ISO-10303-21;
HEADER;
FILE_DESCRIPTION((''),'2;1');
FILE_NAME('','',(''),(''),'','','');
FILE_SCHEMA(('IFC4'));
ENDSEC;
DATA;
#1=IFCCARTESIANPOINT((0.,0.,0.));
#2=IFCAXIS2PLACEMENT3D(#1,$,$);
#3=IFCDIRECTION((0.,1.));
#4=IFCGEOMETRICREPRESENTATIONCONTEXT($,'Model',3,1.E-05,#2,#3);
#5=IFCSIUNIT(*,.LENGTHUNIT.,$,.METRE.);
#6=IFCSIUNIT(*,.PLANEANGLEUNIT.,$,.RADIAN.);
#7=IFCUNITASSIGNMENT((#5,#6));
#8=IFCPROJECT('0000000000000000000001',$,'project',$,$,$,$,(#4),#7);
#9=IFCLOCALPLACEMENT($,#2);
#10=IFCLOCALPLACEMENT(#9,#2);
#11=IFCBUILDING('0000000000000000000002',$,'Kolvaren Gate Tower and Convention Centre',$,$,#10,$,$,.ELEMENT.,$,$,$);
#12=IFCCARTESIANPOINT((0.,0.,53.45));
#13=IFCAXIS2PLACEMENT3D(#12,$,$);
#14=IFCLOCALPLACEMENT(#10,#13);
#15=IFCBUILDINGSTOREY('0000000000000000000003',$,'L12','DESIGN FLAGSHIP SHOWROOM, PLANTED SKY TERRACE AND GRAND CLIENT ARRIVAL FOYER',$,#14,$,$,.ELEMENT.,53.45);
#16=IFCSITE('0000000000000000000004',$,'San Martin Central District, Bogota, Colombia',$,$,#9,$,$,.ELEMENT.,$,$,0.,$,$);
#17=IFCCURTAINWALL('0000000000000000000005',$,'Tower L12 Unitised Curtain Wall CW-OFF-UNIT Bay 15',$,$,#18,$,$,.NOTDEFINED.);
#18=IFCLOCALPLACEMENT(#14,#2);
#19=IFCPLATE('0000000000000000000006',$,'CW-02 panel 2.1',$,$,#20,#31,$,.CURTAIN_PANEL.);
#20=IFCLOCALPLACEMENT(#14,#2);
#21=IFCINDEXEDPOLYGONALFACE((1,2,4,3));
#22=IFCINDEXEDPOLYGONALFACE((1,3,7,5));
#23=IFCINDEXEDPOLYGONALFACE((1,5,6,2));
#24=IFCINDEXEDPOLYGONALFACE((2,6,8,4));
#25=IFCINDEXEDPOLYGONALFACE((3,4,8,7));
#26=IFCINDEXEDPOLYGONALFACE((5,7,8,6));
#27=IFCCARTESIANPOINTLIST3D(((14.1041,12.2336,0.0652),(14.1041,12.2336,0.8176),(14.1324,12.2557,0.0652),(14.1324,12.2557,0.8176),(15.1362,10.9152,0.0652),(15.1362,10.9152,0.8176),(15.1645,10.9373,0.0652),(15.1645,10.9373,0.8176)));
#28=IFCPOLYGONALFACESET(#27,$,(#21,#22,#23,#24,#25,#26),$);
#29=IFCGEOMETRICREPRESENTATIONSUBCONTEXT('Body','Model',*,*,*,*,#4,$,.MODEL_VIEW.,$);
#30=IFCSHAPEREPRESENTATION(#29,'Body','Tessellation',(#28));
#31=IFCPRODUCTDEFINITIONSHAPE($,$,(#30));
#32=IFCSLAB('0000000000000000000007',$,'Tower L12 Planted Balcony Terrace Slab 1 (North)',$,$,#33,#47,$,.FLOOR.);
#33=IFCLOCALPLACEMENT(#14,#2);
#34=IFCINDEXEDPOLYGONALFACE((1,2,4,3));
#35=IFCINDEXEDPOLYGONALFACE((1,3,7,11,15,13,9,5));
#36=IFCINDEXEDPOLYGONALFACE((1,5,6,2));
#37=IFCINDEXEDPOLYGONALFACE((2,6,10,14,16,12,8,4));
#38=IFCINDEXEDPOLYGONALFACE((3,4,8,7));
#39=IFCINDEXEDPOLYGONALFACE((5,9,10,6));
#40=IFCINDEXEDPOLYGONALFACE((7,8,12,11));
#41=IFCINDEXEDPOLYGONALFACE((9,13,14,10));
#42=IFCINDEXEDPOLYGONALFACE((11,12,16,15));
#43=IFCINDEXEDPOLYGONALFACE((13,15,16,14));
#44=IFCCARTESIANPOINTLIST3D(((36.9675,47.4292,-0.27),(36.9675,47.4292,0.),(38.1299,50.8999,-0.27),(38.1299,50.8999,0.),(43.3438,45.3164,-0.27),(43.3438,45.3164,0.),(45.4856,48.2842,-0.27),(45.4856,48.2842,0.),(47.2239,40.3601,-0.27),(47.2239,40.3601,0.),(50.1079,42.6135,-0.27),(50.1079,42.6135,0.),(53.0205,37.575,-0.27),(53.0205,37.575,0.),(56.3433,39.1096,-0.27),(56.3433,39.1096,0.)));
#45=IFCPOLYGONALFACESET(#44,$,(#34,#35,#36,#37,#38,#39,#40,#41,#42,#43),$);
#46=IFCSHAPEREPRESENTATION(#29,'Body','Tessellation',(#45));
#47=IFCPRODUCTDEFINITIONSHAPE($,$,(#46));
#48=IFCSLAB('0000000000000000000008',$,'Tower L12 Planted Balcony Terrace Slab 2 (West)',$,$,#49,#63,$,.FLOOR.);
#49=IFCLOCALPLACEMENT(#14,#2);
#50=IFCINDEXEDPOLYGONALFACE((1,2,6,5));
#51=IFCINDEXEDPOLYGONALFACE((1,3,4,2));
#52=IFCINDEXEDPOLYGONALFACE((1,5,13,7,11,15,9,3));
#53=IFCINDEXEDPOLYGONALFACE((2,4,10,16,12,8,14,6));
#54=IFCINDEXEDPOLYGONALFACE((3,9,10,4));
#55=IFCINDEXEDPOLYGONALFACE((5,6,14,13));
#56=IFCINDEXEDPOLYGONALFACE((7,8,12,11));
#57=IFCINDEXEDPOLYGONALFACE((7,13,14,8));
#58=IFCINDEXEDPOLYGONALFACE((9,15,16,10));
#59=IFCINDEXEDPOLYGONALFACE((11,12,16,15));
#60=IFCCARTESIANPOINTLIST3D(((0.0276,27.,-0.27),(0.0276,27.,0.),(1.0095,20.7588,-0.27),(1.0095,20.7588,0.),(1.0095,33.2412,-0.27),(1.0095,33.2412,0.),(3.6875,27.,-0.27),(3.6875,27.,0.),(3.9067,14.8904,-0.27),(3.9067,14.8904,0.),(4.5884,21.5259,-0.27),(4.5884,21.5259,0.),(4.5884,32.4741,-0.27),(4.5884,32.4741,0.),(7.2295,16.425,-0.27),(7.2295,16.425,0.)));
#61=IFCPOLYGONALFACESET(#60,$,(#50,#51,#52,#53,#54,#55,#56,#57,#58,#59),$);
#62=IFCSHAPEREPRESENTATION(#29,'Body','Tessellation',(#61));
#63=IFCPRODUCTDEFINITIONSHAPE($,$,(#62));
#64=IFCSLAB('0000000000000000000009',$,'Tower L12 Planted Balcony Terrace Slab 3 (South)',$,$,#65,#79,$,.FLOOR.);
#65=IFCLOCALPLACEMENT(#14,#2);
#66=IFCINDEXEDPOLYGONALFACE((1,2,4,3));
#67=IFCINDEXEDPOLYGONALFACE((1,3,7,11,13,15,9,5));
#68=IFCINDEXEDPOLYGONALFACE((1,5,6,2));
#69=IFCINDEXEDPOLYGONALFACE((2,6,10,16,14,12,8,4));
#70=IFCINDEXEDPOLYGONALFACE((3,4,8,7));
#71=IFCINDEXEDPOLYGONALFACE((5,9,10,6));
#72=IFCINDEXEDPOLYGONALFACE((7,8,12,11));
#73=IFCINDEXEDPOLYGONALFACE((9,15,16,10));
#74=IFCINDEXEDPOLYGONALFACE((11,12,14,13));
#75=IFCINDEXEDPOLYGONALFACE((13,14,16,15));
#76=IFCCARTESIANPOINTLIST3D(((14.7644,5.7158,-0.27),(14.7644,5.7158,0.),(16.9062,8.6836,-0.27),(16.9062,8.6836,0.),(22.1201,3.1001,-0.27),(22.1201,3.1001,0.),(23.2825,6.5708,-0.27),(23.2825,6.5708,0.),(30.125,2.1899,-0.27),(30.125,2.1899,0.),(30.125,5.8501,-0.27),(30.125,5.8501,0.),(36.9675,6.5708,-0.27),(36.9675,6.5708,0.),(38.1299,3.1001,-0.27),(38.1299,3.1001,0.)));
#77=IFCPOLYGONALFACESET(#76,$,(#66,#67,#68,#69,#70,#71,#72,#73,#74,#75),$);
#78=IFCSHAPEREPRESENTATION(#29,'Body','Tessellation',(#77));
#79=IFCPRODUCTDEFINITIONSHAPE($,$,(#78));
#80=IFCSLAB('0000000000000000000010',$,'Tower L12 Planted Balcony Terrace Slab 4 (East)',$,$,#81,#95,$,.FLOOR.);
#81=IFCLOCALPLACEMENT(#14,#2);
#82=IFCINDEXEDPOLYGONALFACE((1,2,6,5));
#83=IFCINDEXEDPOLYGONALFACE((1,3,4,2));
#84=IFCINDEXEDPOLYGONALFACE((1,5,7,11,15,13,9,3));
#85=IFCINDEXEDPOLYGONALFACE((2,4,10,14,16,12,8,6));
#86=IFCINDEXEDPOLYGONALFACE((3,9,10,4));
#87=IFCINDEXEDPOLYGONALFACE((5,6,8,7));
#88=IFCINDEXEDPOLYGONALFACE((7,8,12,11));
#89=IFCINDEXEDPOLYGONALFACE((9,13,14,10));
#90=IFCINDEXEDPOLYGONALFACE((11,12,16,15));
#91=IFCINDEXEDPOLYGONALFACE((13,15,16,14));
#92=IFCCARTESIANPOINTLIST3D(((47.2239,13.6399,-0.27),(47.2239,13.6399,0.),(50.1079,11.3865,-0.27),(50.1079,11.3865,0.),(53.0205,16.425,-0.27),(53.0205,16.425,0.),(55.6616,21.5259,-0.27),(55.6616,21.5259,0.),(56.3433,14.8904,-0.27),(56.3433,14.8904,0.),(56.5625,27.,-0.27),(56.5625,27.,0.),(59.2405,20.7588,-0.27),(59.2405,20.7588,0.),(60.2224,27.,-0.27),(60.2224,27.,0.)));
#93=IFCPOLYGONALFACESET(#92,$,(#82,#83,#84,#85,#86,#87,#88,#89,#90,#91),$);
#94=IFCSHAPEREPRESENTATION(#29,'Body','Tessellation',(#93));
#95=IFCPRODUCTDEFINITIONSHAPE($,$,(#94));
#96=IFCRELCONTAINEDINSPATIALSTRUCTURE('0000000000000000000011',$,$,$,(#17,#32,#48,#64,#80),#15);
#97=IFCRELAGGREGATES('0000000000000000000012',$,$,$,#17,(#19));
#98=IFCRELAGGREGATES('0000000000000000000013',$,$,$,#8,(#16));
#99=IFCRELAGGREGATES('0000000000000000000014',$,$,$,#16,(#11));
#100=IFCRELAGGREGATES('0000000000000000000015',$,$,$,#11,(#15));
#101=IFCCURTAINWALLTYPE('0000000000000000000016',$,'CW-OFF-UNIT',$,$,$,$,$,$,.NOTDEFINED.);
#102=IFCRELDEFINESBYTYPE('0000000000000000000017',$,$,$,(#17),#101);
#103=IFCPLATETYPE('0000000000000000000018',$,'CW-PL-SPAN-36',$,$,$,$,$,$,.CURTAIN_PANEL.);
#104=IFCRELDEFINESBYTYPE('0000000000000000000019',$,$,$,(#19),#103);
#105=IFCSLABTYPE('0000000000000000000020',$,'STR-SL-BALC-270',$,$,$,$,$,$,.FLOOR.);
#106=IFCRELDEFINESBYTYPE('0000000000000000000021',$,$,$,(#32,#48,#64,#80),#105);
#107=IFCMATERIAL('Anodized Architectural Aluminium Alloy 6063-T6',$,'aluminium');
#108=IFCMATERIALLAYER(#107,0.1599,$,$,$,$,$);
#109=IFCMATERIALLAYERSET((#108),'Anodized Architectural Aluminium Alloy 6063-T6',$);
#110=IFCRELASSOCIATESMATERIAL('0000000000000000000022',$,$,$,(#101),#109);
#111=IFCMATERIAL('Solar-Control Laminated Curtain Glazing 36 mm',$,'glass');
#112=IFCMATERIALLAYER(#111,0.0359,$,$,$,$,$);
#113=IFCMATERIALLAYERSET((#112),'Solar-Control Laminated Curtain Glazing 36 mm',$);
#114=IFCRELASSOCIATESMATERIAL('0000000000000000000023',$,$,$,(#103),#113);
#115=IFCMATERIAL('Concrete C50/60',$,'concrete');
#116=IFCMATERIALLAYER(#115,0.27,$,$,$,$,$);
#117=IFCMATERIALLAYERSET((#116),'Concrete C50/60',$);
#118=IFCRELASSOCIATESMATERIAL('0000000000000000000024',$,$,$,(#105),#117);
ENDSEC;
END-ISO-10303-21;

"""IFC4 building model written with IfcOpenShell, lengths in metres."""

from ifc_helpers import new_model, si_unit, direction, frame, origin, origin_2d, place, context, subcontext, project, spatial, polyline, rectangle, outline, extrude, material, layer, layer_set, type_object, element, aggregate, save


model = new_model("IFC4")

# Units and contexts
model_context = context("Model", 3, precision=1e-05, world=origin(), true_north=direction((0.0, 1.0)))
body_context = subcontext(model_context, "Body", "Model", "MODEL_VIEW")
ifc_project = project(units=[si_unit("LENGTHUNIT", "METRE"), si_unit("PLANEANGLEUNIT", "RADIAN")], contexts=[model_context])

# Site, building, storey
site_placement = place(None, origin())
site = spatial("IfcSite", under=ifc_project, at=site_placement, Name="San Martin Central District, Bogota, Colombia", CompositionType="ELEMENT", RefElevation=0.0)
building_placement = place(site_placement, origin())
building = spatial("IfcBuilding", under=site, at=building_placement, Name="Kolvaren Gate Tower and Convention Centre", CompositionType="ELEMENT")
storey_placement = place(building_placement, frame((0.0, 0.0, 53.45)))
storey = spatial("IfcBuildingStorey", under=building, at=storey_placement, Name="L12", Description="DESIGN FLAGSHIP SHOWROOM, PLANTED SKY TERRACE AND GRAND CLIENT ARRIVAL FOYER", CompositionType="ELEMENT", Elevation=53.45)

# Shared definitions
ifc_material_1 = material(Name="Anodized Architectural Aluminium Alloy 6063-T6", Category="aluminium")
ifc_layer_1 = layer(ifc_material_1, 0.1599)
ifc_layer_set_1 = layer_set([ifc_layer_1], Name="Anodized Architectural Aluminium Alloy 6063-T6")
curtain_wall_type = type_object("IfcCurtainWallType", Name="CW-OFF-UNIT", PredefinedType="NOTDEFINED", material=ifc_layer_set_1)

# Curtain wall
curtain_wall_1_placement = place(storey_placement, origin())
curtain_wall_1 = element("IfcCurtainWall", 1, at=curtain_wall_1_placement, inside=storey, type_object=curtain_wall_type, Name="Tower L12 Unitised Curtain Wall CW-OFF-UNIT Bay 15", PredefinedType="NOTDEFINED")

# Plate
ifc_material_2 = material(Name="Solar-Control Laminated Curtain Glazing 36 mm", Category="glass")
ifc_layer_2 = layer(ifc_material_2, 0.0359)
ifc_layer_set_2 = layer_set([ifc_layer_2], Name="Solar-Control Laminated Curtain Glazing 36 mm")
plate_type_1 = type_object("IfcPlateType", Name="CW-PL-SPAN-36", PredefinedType="CURTAIN_PANEL", material=ifc_layer_set_2)
plate_1_placement = place(storey_placement, frame((14.6343, 11.5854, 0.0652), z_axis=(0.0, 0.0, 1.0), x_axis=(0.616427, -0.787412, 0.0)))
plate_1 = element("IfcPlate", 2, at=plate_1_placement, type_object=plate_type_1, Name="CW-02 panel 2.1", PredefinedType="CURTAIN_PANEL", context=body_context, shape_type="SweptSolid", body=[
    extrude(rectangle(XDim=1.6743, YDim=0.0359, at=origin_2d()), origin(), (0.0, 0.0, 1.0), 0.7524),
])
aggregate(curtain_wall_1, [plate_1])

# Slabs
ifc_material_3 = material(Name="Concrete C50/60", Category="concrete")
ifc_layer_3 = layer(ifc_material_3, 0.27)
ifc_layer_set_3 = layer_set([ifc_layer_3], Name="Concrete C50/60")
slab_type_1 = type_object("IfcSlabType", Name="STR-SL-BALC-270", PredefinedType="FLOOR", material=ifc_layer_set_3)
slab_1_placement = place(storey_placement, frame((0.0, 0.0, -0.27)))
element("IfcSlab", 3, at=slab_1_placement, inside=storey, type_object=slab_type_1, Name="Tower L12 Planted Balcony Terrace Slab 1 (North)", PredefinedType="FLOOR", context=body_context, shape_type="SweptSolid", body=[
    extrude(outline(polyline([(53.0205, 37.575), (47.2239, 40.3601), (43.3438, 45.3164), (36.9675, 47.4292), (38.1299, 50.8999), (45.4856, 48.2842), (50.1079, 42.6135), (56.3433, 39.1096), (53.0205, 37.575)])), origin(), (0.0, 0.0, 1.0), 0.27),
])
slab_2_placement = place(storey_placement, frame((0.0, 0.0, -0.27)))
element("IfcSlab", 4, at=slab_2_placement, inside=storey, type_object=slab_type_1, Name="Tower L12 Planted Balcony Terrace Slab 2 (West)", PredefinedType="FLOOR", context=body_context, shape_type="SweptSolid", body=[
    extrude(outline(polyline([(4.5884, 32.4741), (3.6875, 27.0), (4.5884, 21.5259), (7.2295, 16.425), (3.9067, 14.8904), (1.0095, 20.7588), (0.0276, 27.0), (1.0095, 33.2412), (4.5884, 32.4741)])), origin(), (0.0, 0.0, 1.0), 0.27),
])
slab_3_placement = place(storey_placement, frame((0.0, 0.0, -0.27)))
element("IfcSlab", 5, at=slab_3_placement, inside=storey, type_object=slab_type_1, Name="Tower L12 Planted Balcony Terrace Slab 3 (South)", PredefinedType="FLOOR", context=body_context, shape_type="SweptSolid", body=[
    extrude(outline(polyline([(16.9062, 8.6836), (23.2825, 6.5708), (30.125, 5.8501), (36.9675, 6.5708), (38.1299, 3.1001), (30.125, 2.1899), (22.1201, 3.1001), (14.7644, 5.7158), (16.9062, 8.6836)])), origin(), (0.0, 0.0, 1.0), 0.27),
])
slab_4_placement = place(storey_placement, frame((0.0, 0.0, -0.27)))
element("IfcSlab", 6, at=slab_4_placement, inside=storey, type_object=slab_type_1, Name="Tower L12 Planted Balcony Terrace Slab 4 (East)", PredefinedType="FLOOR", context=body_context, shape_type="SweptSolid", body=[
    extrude(outline(polyline([(47.2239, 13.6399), (53.0205, 16.425), (55.6616, 21.5259), (56.5625, 27.0), (60.2224, 27.0), (59.2405, 20.7588), (56.3433, 14.8904), (50.1079, 11.3865), (47.2239, 13.6399)])), origin(), (0.0, 0.0, 1.0), 0.27),
])

save(model, "model.ifc")
